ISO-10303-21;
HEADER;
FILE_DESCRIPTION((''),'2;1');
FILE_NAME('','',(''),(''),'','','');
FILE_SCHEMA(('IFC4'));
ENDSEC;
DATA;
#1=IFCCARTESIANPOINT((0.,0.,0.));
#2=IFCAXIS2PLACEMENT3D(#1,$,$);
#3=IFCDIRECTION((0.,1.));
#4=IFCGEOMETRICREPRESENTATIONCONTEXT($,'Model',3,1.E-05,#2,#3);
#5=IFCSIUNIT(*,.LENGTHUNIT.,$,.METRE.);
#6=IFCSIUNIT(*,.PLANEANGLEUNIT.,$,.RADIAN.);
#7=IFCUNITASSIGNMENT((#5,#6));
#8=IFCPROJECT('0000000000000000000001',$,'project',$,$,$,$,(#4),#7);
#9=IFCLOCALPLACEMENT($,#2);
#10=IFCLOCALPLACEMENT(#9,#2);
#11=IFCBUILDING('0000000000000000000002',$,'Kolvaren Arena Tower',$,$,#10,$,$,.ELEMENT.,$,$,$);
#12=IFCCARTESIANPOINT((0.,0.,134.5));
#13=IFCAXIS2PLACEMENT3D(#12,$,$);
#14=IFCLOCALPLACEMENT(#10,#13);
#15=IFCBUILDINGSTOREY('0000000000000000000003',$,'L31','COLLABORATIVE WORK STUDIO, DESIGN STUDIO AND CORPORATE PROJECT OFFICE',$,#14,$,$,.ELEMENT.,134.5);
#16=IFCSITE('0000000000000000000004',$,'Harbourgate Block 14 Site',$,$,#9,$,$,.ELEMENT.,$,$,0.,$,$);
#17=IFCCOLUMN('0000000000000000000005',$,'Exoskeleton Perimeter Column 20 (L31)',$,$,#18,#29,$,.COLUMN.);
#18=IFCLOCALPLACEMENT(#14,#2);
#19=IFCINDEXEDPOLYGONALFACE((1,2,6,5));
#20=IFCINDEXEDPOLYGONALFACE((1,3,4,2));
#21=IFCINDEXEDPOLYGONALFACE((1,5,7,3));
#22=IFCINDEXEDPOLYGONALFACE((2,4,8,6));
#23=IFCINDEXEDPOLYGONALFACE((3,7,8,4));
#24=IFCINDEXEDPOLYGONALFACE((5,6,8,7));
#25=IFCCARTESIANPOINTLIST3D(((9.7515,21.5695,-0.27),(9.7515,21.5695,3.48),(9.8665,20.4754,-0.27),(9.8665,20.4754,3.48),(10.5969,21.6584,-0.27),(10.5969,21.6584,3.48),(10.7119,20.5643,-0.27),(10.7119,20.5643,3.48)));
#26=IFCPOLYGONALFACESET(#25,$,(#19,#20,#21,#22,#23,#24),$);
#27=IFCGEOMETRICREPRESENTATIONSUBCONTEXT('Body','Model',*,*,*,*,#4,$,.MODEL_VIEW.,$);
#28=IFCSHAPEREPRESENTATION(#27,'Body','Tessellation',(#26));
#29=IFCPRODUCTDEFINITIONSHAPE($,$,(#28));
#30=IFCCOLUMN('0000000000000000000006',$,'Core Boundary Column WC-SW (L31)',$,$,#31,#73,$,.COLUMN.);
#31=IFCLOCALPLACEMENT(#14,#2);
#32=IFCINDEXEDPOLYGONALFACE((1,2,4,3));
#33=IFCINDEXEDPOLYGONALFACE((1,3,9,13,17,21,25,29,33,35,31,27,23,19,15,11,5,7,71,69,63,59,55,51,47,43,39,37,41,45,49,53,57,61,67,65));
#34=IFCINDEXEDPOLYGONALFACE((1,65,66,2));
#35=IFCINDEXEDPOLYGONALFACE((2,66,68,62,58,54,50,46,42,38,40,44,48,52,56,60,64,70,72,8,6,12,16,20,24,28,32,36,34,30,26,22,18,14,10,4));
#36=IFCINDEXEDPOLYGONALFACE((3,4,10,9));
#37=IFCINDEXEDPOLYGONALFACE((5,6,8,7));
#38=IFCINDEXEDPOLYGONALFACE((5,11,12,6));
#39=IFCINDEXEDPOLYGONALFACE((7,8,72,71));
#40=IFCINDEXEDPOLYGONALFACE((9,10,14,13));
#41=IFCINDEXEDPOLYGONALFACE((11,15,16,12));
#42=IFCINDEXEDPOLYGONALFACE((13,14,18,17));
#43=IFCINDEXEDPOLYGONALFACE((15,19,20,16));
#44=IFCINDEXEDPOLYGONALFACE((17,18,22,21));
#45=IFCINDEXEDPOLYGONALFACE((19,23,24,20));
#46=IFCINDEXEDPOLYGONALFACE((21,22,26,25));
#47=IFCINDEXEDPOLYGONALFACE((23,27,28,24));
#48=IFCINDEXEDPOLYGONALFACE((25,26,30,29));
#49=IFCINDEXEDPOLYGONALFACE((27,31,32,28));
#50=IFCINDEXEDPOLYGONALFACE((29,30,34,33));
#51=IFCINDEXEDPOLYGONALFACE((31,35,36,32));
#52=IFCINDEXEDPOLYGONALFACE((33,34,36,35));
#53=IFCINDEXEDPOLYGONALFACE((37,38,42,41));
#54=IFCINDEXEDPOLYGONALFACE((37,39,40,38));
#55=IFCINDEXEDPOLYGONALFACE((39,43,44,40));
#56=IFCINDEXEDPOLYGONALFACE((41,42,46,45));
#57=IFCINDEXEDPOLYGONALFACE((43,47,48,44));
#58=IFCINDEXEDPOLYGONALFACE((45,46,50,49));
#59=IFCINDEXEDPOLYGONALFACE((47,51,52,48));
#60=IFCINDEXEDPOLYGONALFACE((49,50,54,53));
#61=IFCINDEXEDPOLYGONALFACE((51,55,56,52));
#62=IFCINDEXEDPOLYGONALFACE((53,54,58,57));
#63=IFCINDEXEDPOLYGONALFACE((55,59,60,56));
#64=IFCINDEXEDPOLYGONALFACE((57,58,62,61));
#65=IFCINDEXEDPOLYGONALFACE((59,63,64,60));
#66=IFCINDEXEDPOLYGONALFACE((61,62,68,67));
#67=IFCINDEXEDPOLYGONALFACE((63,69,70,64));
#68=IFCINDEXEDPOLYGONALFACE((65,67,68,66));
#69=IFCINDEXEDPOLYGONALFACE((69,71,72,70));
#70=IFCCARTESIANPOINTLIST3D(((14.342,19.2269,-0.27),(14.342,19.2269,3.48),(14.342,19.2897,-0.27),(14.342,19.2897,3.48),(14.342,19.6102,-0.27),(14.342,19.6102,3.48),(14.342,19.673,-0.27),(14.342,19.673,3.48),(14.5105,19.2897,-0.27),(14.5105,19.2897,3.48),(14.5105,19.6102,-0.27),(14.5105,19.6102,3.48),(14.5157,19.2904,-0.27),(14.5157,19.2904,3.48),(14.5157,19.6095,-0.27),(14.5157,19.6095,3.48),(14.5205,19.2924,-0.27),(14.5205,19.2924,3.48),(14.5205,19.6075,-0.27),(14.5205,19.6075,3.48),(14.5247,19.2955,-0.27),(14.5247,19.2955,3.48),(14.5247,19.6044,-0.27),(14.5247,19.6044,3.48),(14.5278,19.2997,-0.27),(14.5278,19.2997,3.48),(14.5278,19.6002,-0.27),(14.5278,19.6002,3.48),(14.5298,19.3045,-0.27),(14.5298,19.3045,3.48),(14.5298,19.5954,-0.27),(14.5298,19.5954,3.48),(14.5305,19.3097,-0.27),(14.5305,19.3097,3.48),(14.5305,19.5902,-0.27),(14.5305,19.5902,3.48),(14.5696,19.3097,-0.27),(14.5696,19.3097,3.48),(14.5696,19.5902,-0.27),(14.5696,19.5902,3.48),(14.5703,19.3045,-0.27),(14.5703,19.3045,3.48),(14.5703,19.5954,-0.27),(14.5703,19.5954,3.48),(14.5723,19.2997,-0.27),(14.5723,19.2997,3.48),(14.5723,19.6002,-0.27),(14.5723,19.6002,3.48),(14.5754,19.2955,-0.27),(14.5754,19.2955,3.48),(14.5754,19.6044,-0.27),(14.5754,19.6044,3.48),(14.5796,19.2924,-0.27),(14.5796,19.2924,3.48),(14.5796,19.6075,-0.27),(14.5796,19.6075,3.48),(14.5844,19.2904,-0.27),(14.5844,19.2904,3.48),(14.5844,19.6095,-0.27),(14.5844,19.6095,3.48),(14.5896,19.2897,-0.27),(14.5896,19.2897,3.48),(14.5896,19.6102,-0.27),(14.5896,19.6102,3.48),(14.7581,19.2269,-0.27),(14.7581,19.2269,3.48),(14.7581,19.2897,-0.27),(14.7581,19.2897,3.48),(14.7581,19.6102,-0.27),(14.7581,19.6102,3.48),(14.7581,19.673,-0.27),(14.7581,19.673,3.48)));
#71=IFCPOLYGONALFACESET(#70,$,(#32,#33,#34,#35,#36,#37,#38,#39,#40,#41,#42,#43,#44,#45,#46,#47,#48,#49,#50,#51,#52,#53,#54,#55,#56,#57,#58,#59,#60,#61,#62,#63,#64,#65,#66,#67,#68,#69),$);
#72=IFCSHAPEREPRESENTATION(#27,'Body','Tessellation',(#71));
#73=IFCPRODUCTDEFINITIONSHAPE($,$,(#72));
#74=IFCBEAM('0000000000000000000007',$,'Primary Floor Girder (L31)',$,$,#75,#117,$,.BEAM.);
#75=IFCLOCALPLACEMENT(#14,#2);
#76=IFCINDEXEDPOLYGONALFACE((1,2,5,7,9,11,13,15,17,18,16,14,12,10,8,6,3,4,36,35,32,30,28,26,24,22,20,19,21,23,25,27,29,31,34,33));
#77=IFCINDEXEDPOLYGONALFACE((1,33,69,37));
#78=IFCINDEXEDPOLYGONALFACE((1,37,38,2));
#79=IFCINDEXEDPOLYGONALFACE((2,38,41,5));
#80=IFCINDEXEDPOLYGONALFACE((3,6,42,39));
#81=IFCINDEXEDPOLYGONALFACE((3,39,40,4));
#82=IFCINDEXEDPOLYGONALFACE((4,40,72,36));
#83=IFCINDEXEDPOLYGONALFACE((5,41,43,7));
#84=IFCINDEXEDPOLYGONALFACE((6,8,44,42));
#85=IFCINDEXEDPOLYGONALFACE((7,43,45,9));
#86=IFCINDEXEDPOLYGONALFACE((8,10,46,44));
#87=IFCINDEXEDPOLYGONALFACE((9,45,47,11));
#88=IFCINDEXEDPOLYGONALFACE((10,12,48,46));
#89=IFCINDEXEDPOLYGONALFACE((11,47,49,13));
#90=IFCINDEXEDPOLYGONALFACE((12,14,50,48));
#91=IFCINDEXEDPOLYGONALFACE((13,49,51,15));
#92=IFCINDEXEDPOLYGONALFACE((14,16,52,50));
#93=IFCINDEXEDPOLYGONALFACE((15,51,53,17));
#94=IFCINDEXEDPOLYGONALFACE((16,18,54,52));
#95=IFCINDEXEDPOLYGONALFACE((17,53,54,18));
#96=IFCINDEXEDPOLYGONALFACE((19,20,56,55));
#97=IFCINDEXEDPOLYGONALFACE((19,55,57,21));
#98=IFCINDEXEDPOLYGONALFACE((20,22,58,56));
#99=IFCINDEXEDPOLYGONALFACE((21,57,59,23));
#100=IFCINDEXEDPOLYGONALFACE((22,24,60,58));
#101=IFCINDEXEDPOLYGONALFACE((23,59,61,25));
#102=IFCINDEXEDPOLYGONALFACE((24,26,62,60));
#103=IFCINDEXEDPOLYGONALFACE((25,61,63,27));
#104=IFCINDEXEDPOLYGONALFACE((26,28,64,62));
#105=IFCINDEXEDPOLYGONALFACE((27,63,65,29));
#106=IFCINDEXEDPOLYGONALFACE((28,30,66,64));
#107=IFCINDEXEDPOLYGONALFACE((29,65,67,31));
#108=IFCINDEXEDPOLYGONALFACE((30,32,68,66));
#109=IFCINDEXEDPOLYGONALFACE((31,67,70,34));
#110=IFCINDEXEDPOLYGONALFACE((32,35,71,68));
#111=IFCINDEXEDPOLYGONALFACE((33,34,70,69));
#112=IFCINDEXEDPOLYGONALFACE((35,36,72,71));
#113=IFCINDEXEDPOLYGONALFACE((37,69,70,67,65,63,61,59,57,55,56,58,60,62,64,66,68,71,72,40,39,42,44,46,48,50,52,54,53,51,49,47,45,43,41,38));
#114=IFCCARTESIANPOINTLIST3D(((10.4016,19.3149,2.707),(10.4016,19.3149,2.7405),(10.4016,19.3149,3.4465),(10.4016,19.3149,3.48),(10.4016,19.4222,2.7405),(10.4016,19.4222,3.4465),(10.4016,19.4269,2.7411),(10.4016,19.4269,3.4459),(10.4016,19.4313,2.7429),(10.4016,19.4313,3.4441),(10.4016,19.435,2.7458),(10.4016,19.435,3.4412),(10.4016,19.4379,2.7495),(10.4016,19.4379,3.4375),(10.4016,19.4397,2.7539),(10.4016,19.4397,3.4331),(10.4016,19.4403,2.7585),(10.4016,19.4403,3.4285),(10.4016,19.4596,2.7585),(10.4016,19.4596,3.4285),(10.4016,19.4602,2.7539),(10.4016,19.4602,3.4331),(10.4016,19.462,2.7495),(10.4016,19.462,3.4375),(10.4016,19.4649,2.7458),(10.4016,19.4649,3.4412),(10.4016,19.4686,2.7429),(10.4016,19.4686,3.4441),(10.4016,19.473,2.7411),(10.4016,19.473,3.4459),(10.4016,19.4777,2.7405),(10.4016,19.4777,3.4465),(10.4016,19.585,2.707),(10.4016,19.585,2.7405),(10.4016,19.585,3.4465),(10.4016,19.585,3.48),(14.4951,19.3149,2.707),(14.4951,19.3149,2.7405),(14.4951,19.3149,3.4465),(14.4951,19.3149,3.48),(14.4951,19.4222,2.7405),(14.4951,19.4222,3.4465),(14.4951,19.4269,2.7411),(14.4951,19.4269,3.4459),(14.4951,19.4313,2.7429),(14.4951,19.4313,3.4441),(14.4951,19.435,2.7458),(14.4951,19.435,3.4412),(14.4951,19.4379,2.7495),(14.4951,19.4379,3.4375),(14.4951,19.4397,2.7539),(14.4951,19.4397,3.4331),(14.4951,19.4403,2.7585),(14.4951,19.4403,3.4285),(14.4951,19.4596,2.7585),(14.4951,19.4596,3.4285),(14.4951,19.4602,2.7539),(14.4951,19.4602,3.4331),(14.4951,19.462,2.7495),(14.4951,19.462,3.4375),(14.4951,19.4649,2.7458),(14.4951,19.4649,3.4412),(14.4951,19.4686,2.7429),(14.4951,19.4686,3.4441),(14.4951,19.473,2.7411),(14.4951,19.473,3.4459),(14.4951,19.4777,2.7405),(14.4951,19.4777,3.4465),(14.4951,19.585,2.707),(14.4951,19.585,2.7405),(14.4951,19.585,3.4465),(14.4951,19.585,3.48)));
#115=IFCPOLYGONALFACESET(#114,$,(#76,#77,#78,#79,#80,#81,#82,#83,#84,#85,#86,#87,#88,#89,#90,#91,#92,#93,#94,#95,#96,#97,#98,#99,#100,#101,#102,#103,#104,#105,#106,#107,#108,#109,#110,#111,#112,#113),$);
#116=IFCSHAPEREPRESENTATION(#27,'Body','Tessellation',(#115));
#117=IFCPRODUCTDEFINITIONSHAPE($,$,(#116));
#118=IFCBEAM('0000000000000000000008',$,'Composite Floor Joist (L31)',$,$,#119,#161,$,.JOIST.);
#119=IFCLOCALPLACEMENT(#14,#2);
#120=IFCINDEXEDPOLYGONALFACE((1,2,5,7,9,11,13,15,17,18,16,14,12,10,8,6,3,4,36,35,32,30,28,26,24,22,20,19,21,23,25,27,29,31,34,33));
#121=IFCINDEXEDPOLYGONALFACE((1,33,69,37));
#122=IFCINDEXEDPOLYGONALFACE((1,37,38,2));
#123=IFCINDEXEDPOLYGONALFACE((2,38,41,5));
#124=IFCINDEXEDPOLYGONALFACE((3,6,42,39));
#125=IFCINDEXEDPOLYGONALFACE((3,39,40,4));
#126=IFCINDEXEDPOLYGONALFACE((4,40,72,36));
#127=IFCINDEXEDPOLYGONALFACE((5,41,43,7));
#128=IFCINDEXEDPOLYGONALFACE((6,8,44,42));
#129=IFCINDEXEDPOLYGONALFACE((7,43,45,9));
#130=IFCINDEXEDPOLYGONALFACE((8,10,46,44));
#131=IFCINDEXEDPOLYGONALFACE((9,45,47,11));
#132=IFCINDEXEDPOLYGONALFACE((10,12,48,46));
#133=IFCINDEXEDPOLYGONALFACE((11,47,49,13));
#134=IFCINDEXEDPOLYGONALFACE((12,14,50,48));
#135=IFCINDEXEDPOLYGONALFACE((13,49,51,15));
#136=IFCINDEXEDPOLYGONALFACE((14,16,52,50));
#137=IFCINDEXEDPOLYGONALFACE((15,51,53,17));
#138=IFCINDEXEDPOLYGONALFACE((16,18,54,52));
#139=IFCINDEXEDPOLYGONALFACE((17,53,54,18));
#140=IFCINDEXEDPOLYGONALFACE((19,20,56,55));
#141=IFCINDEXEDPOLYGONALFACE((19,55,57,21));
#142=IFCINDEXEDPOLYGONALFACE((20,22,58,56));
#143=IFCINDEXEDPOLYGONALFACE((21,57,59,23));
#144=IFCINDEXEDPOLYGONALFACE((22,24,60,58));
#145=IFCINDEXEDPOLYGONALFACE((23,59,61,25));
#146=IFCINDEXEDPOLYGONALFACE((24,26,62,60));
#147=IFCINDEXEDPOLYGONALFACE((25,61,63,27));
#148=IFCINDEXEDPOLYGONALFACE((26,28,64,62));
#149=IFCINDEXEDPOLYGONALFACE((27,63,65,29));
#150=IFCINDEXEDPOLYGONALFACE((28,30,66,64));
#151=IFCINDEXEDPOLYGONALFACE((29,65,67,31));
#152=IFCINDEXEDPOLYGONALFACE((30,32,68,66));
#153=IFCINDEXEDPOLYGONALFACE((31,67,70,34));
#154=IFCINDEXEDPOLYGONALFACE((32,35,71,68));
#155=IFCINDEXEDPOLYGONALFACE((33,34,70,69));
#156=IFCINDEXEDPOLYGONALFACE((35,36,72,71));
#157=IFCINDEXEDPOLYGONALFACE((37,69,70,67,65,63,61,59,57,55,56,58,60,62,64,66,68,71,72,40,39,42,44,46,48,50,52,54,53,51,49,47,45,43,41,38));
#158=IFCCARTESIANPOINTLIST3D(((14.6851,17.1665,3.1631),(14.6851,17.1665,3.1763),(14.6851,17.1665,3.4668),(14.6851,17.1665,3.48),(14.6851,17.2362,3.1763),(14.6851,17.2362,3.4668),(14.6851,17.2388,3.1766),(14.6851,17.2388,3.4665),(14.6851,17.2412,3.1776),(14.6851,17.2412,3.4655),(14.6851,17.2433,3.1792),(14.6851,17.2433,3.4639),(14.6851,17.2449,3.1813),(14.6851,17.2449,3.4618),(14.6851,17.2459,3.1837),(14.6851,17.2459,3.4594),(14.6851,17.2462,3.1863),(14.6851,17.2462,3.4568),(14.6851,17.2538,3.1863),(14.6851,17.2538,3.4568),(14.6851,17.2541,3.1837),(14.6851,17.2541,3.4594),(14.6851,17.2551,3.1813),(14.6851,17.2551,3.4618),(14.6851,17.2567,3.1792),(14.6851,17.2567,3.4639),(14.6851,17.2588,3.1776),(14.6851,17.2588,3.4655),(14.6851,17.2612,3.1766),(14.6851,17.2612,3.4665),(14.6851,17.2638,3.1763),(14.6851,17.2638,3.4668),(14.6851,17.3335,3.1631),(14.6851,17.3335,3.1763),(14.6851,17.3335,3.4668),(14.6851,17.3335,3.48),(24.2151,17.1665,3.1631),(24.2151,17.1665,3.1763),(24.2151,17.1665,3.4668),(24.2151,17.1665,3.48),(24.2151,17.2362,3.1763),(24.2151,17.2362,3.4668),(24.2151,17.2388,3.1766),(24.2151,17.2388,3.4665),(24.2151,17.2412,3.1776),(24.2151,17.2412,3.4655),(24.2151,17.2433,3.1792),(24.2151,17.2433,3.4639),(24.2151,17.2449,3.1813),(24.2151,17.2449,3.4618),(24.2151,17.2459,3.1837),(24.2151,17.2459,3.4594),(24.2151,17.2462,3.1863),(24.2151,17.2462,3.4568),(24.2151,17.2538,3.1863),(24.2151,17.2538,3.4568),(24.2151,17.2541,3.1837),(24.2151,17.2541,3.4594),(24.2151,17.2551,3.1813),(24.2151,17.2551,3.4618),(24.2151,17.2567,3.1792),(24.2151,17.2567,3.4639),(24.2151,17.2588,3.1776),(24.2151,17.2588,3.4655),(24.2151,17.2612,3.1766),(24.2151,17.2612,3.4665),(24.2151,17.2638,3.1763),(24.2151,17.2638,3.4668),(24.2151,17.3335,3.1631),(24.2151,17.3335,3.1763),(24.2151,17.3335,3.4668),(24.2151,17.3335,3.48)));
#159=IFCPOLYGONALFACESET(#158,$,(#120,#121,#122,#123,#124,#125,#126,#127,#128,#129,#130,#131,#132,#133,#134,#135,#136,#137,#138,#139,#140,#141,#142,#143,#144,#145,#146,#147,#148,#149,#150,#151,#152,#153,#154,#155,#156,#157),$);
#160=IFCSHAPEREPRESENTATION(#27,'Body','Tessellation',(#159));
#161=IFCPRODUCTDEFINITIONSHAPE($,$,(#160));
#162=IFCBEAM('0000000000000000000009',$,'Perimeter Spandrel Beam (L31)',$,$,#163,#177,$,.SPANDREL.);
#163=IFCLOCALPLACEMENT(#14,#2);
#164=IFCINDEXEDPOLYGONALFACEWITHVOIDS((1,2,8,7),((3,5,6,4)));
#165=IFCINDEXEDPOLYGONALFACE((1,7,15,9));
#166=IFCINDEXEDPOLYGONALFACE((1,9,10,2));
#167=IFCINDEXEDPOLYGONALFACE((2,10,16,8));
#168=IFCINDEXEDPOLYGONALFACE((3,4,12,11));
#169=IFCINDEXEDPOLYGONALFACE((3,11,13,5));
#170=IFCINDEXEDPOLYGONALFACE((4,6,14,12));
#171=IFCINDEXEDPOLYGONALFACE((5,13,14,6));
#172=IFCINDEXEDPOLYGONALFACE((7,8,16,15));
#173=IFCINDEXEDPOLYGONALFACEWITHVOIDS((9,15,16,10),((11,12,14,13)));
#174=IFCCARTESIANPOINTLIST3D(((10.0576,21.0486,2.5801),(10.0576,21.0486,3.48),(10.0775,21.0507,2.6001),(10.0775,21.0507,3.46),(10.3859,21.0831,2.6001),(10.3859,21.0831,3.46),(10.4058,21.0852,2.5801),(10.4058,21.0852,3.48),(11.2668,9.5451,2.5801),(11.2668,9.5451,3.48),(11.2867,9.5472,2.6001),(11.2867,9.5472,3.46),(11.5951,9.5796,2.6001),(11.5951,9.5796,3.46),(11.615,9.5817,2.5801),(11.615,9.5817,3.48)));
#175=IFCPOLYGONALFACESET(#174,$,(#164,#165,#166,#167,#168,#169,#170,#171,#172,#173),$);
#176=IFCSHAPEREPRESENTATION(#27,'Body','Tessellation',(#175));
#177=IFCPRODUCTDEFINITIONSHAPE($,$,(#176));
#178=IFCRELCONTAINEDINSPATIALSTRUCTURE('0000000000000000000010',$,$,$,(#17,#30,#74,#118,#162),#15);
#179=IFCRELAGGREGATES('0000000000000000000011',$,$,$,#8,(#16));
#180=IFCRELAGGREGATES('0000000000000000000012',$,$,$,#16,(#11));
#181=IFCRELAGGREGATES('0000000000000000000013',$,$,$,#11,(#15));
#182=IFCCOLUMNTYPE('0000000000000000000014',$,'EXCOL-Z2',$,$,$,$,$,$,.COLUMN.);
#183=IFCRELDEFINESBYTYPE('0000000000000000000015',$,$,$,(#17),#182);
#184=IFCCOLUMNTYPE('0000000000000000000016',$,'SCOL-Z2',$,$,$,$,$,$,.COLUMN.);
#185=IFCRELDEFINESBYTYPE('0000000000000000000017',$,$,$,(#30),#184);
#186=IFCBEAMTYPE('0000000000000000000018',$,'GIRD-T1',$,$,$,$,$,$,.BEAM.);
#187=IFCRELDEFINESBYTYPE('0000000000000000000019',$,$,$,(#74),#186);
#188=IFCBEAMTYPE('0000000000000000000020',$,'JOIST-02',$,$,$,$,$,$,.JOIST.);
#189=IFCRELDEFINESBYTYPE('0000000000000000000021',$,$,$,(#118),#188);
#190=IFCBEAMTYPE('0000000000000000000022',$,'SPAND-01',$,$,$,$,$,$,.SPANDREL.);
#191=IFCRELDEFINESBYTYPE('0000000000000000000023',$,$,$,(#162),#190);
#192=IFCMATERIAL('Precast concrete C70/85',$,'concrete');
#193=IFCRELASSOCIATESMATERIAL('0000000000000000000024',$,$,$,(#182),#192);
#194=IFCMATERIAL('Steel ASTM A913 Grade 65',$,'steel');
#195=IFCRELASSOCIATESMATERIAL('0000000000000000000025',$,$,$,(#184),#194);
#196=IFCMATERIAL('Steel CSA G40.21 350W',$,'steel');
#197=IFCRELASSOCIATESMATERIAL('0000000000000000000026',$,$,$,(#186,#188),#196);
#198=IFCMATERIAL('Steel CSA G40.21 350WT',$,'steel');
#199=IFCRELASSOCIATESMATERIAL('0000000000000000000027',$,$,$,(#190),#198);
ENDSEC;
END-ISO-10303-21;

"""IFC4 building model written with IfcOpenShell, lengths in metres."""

from ifc_helpers import new_model, si_unit, direction, frame, origin, origin_2d, place, context, subcontext, project, spatial, rectangle, hollow_rectangle, i_section, extrude, material, material_profile, profile_set, type_object, element, save


model = new_model("IFC4")

# Units and contexts
model_context = context("Model", 3, precision=1e-05, world=origin(), true_north=direction((0.0, 1.0)))
body_context = subcontext(model_context, "Body", "Model", "MODEL_VIEW")
ifc_project = project(units=[si_unit("LENGTHUNIT", "METRE"), si_unit("PLANEANGLEUNIT", "RADIAN")], contexts=[model_context])

# Site, building, storey
site_placement = place(None, origin())
site = spatial("IfcSite", under=ifc_project, at=site_placement, Name="Harbourgate Block 14 Site", CompositionType="ELEMENT", RefElevation=0.0)
building_placement = place(site_placement, origin())
building = spatial("IfcBuilding", under=site, at=building_placement, Name="Kolvaren Arena Tower", CompositionType="ELEMENT")
storey_placement = place(building_placement, frame((0.0, 0.0, 134.5)))
storey = spatial("IfcBuildingStorey", under=building, at=storey_placement, Name="L31", Description="COLLABORATIVE WORK STUDIO, DESIGN STUDIO AND CORPORATE PROJECT OFFICE", CompositionType="ELEMENT", Elevation=134.5)

# Columns
ifc_material_1 = material(Name="Precast concrete C70/85", Category="concrete")
ifc_material_profile_1 = material_profile(ifc_material_1, rectangle(XDim=1.1001, YDim=0.8501, at=origin_2d()), Name="RC-1100x850")
ifc_profile_set_1 = profile_set([ifc_material_profile_1], Name="Precast concrete C70/85")
column_type_1 = type_object("IfcColumnType", Name="EXCOL-Z2", PredefinedType="COLUMN", material=ifc_profile_set_1)
column_1_placement = place(storey_placement, frame((10.2317, 21.0669, -0.27), z_axis=(0.0, 0.0, 1.0), x_axis=(-0.104528, 0.994522, 0.0)))
element("IfcColumn", 1, at=column_1_placement, inside=storey, type_object=column_type_1, Name="Exoskeleton Perimeter Column 20 (L31)", PredefinedType="COLUMN", context=body_context, shape_type="SweptSolid", body=[
    extrude(rectangle(XDim=1.1001, YDim=0.8501, at=origin_2d()), origin(), (0.0, 0.0, 1.0), 3.75),
])
ifc_material_2 = material(Name="Steel ASTM A913 Grade 65", Category="steel")
ifc_material_profile_2 = material_profile(ifc_material_2, i_section(OverallWidth=0.416, OverallDepth=0.446, WebThickness=0.0391, FlangeThickness=0.0627, FilletRadius=0.02, at=origin_2d()), Name="W360x509")
ifc_profile_set_2 = profile_set([ifc_material_profile_2], Name="Steel ASTM A913 Grade 65")
column_type_2 = type_object("IfcColumnType", Name="SCOL-Z2", PredefinedType="COLUMN", material=ifc_profile_set_2)
column_2_placement = place(storey_placement, frame((14.55, 19.45, -0.27), z_axis=(0.0, 0.0, 1.0), x_axis=(1.0, 0.0, 0.0)))
element("IfcColumn", 2, at=column_2_placement, inside=storey, type_object=column_type_2, Name="Core Boundary Column WC-SW (L31)", PredefinedType="COLUMN", context=body_context, shape_type="SweptSolid", body=[
    extrude(i_section(OverallWidth=0.416, OverallDepth=0.446, WebThickness=0.0391, FlangeThickness=0.0627, FilletRadius=0.02, at=origin_2d()), origin(), (0.0, 0.0, 1.0), 3.75),
])

# Beams
ifc_material_3 = material(Name="Steel CSA G40.21 350W", Category="steel")
ifc_material_profile_3 = material_profile(ifc_material_3, i_section(OverallWidth=0.27, OverallDepth=0.7729, WebThickness=0.0193, FlangeThickness=0.0334, FilletRadius=0.0181, at=origin_2d()), Name="W760x257")
ifc_profile_set_3 = profile_set([ifc_material_profile_3], Name="Steel CSA G40.21 350W")
beam_type_1 = type_object("IfcBeamType", Name="GIRD-T1", PredefinedType="BEAM", material=ifc_profile_set_3)
beam_1_placement = place(storey_placement, frame((10.4016, 19.45, 3.0935), z_axis=(1.0, 0.0, 0.0), x_axis=(0.0, 1.0, 0.0)))
element("IfcBeam", 3, at=beam_1_placement, inside=storey, type_object=beam_type_1, Name="Primary Floor Girder (L31)", PredefinedType="BEAM", context=body_context, shape_type="SweptSolid", body=[
    extrude(i_section(OverallWidth=0.27, OverallDepth=0.7729, WebThickness=0.0193, FlangeThickness=0.0334, FilletRadius=0.0181, at=origin_2d()), origin(), (0.0, 0.0, 1.0), 4.0935),
])
ifc_material_profile_4 = material_profile(ifc_material_3, i_section(OverallWidth=0.167, OverallDepth=0.3169, WebThickness=0.0076, FlangeThickness=0.0132, FilletRadius=0.01, at=origin_2d()), Name="W310x52")
ifc_profile_set_4 = profile_set([ifc_material_profile_4], Name="Steel CSA G40.21 350W")
beam_type_2 = type_object("IfcBeamType", Name="JOIST-02", PredefinedType="JOIST", material=ifc_profile_set_4)
beam_2_placement = place(storey_placement, frame((14.6851, 17.25, 3.3215), z_axis=(1.0, 0.0, 0.0), x_axis=(0.0, 1.0, 0.0)))
element("IfcBeam", 4, at=beam_2_placement, inside=storey, type_object=beam_type_2, Name="Composite Floor Joist (L31)", PredefinedType="JOIST", context=body_context, shape_type="SweptSolid", body=[
    extrude(i_section(OverallWidth=0.167, OverallDepth=0.3169, WebThickness=0.0076, FlangeThickness=0.0132, FilletRadius=0.01, at=origin_2d()), origin(), (0.0, 0.0, 1.0), 9.53),
])
ifc_material_4 = material(Name="Steel CSA G40.21 350WT", Category="steel")
ifc_material_profile_5 = material_profile(ifc_material_4, hollow_rectangle(XDim=0.3501, YDim=0.8999, WallThickness=0.02, at=origin_2d()), Name="HSS 900x350x20")
ifc_profile_set_5 = profile_set([ifc_material_profile_5], Name="Steel CSA G40.21 350WT")
beam_type_3 = type_object("IfcBeamType", Name="SPAND-01", PredefinedType="SPANDREL", material=ifc_profile_set_5)
beam_3_placement = place(storey_placement, frame((10.2317, 21.0669, 3.03), z_axis=(0.104543, -0.99452, 0.0), x_axis=(0.99452, 0.104543, 0.0)))
element("IfcBeam", 5, at=beam_3_placement, inside=storey, type_object=beam_type_3, Name="Perimeter Spandrel Beam (L31)", PredefinedType="SPANDREL", context=body_context, shape_type="SweptSolid", body=[
    extrude(hollow_rectangle(XDim=0.3501, YDim=0.8999, WallThickness=0.02, at=origin_2d()), origin(), (0.0, 0.0, 1.0), 11.5669),
])

save(model, "model.ifc")
